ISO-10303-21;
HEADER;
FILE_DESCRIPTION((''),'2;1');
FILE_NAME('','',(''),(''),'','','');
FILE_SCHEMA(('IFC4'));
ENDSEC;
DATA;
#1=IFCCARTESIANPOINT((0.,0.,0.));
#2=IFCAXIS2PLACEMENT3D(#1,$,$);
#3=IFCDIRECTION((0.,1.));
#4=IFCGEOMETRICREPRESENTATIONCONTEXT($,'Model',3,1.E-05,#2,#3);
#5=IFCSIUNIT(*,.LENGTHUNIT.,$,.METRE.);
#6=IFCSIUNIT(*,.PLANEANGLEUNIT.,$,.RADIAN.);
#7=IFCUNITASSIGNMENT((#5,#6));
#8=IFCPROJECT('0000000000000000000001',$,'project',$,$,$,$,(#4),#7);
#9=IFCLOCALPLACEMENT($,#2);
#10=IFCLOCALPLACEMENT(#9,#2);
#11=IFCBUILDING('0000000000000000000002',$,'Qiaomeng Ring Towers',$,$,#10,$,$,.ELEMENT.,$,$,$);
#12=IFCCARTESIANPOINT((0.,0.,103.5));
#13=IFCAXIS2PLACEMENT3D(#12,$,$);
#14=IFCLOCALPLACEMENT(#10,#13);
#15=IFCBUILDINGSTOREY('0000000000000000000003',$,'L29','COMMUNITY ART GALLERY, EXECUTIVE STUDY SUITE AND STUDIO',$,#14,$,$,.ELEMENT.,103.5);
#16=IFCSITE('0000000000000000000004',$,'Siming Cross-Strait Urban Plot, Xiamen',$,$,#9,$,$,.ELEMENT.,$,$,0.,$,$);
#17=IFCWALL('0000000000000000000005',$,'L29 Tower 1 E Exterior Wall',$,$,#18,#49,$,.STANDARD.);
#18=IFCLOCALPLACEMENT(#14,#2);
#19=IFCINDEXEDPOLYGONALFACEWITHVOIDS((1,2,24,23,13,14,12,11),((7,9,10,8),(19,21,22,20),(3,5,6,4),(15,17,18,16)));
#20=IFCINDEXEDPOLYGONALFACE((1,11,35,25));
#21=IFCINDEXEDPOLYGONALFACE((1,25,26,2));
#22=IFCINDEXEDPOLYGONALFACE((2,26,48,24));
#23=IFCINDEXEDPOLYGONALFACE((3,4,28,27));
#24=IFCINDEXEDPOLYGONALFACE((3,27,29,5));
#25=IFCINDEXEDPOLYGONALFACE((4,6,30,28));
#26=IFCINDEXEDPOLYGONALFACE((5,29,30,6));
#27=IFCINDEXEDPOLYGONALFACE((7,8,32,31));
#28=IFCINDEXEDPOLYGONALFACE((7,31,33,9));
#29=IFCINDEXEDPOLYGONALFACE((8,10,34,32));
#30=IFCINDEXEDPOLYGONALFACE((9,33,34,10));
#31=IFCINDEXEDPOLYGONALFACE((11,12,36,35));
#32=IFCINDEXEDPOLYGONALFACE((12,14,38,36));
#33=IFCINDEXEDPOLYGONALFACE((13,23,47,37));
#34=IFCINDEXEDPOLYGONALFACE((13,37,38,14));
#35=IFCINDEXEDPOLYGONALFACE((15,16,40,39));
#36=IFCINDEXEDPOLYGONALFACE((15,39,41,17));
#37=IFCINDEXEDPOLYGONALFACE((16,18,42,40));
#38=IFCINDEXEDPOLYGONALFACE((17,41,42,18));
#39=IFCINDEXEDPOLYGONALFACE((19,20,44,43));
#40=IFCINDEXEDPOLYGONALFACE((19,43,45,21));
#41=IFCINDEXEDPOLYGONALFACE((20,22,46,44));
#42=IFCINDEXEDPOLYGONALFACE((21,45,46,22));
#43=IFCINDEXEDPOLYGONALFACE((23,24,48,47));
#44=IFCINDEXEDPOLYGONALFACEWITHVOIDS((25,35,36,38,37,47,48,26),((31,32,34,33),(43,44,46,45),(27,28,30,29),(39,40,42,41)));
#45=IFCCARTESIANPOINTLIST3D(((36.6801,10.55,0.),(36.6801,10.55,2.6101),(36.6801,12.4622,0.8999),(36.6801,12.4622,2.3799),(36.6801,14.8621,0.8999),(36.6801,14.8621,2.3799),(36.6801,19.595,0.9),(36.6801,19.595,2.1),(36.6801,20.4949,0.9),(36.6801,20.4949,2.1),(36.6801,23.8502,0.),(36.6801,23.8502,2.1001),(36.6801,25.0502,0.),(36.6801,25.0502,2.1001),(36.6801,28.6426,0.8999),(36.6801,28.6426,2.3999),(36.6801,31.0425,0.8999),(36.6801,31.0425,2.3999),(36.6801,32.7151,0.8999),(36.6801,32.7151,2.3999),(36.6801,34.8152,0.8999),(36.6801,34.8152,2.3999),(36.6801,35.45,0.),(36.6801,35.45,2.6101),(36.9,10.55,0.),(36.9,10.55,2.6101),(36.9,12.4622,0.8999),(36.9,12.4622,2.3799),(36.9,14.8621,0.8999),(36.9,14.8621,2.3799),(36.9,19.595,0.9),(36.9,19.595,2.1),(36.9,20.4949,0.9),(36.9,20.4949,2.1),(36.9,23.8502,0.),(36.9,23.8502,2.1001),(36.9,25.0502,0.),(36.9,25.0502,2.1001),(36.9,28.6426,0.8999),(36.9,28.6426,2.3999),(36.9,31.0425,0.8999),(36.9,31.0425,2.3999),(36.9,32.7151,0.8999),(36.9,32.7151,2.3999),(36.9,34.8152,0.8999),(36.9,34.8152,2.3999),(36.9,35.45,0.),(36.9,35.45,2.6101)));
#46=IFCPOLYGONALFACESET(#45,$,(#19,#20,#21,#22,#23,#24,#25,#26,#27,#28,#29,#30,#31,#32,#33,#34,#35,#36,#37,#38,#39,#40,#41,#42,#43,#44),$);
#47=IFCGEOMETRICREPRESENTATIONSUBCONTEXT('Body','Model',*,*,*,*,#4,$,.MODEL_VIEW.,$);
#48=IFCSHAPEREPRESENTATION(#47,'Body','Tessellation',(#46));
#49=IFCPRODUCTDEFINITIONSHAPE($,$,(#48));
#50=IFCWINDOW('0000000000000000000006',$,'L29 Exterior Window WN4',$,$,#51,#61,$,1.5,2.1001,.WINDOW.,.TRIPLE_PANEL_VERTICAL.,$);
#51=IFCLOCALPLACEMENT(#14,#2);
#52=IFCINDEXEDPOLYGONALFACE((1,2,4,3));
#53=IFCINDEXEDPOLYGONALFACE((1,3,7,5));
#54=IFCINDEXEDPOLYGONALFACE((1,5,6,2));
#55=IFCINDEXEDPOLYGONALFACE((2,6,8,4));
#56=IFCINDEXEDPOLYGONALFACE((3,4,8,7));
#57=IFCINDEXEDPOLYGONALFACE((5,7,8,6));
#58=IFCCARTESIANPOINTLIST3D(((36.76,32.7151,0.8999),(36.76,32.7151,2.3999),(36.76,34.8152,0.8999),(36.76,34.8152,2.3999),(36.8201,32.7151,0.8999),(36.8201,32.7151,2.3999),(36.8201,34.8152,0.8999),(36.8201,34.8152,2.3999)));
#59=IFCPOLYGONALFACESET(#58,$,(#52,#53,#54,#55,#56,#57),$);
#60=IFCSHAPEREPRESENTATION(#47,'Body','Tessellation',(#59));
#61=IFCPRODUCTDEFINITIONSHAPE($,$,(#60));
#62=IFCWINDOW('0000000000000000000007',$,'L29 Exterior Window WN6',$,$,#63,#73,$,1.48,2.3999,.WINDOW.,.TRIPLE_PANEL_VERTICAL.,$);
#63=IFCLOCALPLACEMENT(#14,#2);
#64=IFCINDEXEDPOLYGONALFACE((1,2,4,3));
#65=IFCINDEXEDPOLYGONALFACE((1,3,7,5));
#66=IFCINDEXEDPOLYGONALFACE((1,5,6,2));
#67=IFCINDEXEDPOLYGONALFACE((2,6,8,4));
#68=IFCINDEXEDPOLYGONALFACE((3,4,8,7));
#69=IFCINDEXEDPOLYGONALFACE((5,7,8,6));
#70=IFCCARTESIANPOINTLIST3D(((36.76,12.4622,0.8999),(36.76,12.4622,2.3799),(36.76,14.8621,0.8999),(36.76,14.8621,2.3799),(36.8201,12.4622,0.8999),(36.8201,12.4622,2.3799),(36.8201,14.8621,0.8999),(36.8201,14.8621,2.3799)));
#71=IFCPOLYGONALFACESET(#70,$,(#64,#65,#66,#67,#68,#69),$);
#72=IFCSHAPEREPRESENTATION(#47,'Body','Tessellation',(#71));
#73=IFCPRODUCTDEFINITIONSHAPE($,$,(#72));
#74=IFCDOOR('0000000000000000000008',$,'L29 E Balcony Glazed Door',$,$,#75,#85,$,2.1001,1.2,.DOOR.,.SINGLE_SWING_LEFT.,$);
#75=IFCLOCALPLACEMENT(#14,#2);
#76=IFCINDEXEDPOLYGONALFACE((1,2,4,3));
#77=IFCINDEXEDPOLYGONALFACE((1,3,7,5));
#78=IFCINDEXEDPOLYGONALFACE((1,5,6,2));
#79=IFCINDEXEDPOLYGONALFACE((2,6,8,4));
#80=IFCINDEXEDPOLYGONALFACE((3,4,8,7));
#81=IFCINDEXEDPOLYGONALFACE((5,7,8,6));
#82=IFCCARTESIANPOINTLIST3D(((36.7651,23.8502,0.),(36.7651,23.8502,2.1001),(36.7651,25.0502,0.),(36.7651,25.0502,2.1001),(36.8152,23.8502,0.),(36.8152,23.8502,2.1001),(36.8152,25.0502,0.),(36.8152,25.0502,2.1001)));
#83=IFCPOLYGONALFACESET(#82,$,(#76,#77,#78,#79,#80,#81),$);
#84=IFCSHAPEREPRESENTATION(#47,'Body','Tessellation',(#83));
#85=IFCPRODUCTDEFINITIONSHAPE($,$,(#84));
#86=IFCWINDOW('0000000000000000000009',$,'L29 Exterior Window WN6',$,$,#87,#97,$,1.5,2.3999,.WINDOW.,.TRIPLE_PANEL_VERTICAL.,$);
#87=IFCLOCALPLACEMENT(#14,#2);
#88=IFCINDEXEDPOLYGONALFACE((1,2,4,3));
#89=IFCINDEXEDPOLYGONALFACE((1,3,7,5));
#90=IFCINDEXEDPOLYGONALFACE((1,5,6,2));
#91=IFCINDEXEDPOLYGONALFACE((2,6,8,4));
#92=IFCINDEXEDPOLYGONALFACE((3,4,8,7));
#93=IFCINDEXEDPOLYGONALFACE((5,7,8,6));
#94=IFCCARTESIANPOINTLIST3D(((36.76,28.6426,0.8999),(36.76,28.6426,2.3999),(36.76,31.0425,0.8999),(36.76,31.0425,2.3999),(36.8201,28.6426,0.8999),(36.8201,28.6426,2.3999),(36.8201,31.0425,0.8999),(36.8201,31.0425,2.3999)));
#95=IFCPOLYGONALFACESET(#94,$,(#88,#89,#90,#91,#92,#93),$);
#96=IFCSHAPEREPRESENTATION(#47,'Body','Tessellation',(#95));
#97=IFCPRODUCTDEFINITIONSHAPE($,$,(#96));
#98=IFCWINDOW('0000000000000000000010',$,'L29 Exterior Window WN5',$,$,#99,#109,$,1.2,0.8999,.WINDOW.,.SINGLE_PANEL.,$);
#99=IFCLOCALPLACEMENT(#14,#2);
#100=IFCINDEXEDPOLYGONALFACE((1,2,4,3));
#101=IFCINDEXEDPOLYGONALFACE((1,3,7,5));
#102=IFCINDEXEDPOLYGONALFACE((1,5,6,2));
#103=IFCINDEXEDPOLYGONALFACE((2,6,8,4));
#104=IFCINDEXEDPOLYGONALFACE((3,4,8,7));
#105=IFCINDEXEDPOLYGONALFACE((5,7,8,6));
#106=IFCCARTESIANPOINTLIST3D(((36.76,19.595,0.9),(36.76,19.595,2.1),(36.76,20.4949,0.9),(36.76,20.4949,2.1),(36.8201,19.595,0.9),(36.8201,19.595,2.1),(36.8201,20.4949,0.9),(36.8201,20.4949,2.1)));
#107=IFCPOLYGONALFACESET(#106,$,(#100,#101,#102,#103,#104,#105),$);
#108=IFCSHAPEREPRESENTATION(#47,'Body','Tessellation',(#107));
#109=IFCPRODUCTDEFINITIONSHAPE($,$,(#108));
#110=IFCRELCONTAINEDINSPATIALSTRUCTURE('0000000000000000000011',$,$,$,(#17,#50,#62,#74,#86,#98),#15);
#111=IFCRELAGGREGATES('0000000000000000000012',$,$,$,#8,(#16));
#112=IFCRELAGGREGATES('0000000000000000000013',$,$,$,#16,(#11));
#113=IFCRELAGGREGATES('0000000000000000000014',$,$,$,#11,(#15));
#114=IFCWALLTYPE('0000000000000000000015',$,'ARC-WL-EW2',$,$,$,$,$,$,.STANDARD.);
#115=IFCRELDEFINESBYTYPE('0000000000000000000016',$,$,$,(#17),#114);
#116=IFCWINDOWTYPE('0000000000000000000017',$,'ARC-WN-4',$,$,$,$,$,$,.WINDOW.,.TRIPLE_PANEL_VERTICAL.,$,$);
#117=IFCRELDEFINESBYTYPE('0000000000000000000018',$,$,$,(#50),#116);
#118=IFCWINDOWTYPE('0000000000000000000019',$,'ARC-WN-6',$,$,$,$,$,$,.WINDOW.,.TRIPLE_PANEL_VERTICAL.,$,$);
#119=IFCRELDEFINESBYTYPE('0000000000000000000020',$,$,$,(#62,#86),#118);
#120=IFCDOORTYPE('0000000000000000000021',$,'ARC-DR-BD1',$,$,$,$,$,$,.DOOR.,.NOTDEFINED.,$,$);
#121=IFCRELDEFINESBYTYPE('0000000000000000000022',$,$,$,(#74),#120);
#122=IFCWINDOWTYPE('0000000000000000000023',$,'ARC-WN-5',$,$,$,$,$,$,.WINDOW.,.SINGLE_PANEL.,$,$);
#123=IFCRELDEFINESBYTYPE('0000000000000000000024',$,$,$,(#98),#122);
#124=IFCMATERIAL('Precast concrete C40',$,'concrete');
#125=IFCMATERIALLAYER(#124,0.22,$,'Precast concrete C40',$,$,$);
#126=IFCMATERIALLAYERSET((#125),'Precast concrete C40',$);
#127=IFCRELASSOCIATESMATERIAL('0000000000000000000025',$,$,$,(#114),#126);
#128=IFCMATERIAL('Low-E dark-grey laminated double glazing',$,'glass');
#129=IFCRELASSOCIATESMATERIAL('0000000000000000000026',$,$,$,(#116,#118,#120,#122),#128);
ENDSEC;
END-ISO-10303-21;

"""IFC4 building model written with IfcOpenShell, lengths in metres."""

from ifc_helpers import new_model, si_unit, direction, frame, frame_2d, origin, place, context, subcontext, project, spatial, rectangle, extrude, source, transform, mapped, material, layer, layer_set, type_object, element, fill, save


model = new_model("IFC4")

# Units and contexts
model_context = context("Model", 3, precision=1e-05, world=origin(), true_north=direction((0.0, 1.0)))
body_context = subcontext(model_context, "Body", "Model", "MODEL_VIEW")
ifc_project = project(units=[si_unit("LENGTHUNIT", "METRE"), si_unit("PLANEANGLEUNIT", "RADIAN")], contexts=[model_context])

# Site, building, storey
site_placement = place(None, origin())
site = spatial("IfcSite", under=ifc_project, at=site_placement, Name="Siming Cross-Strait Urban Plot, Xiamen", CompositionType="ELEMENT", RefElevation=0.0)
building_placement = place(site_placement, origin())
building = spatial("IfcBuilding", under=site, at=building_placement, Name="Qiaomeng Ring Towers", CompositionType="ELEMENT")
storey_placement = place(building_placement, frame((0.0, 0.0, 103.5)))
storey = spatial("IfcBuildingStorey", under=building, at=storey_placement, Name="L29", Description="COMMUNITY ART GALLERY, EXECUTIVE STUDY SUITE AND STUDIO", CompositionType="ELEMENT", Elevation=103.5)

# Shared definitions
ifc_material_1 = material(Name="Low-E dark-grey laminated double glazing", Category="glass")

# Wall, openings, windows, door
ifc_material_2 = material(Name="Precast concrete C40", Category="concrete")
ifc_layer_1 = layer(ifc_material_2, 0.22, Name="Precast concrete C40")
ifc_layer_set_1 = layer_set([ifc_layer_1], Name="Precast concrete C40")
wall_type_1 = type_object("IfcWallType", Name="ARC-WL-EW2", PredefinedType="STANDARD", material=ifc_layer_set_1)
wall_1_placement = place(storey_placement, frame((36.79, 10.55, 0.0), z_axis=(0.0, 0.0, 1.0), x_axis=(0.0, 1.0, 0.0)))
wall_1 = element("IfcWall", 1, at=wall_1_placement, inside=storey, type_object=wall_type_1, Name="L29 Tower 1 E Exterior Wall", PredefinedType="STANDARD", context=body_context, shape_type="SweptSolid", body=[
    extrude(rectangle(XDim=24.8999, YDim=0.22, at=frame_2d((12.45, 0.0))), origin(), (0.0, 0.0, 1.0), 2.6101),
])
opening_1_placement = place(wall_1_placement, frame((13.3, 0.0, 0.0)))
opening_1 = element("IfcOpeningElement", 2, at=opening_1_placement, cuts=wall_1, PredefinedType="OPENING", context=body_context, shape_type="SweptSolid", body=[
    extrude(rectangle(XDim=1.2, YDim=2.1001, at=frame_2d((0.6001, 1.05))), frame((0.0, 0.1199, 0.0), z_axis=(0.0, -1.0, 0.0), x_axis=(1.0, 0.0, 0.0)), (0.0, 0.0, 1.0), 0.24),
])
opening_2_placement = place(wall_1_placement, frame((1.9121, 0.0, 0.8999)))
opening_2 = element("IfcOpeningElement", 3, at=opening_2_placement, cuts=wall_1, PredefinedType="OPENING", context=body_context, shape_type="SweptSolid", body=[
    extrude(rectangle(XDim=2.3999, YDim=1.48, at=frame_2d((1.2, 0.74))), frame((0.0, 0.1199, 0.0), z_axis=(0.0, -1.0, 0.0), x_axis=(1.0, 0.0, 0.0)), (0.0, 0.0, 1.0), 0.24),
])
opening_3_placement = place(wall_1_placement, frame((22.165, 0.0, 0.8999)))
opening_3 = element("IfcOpeningElement", 4, at=opening_3_placement, cuts=wall_1, PredefinedType="OPENING", context=body_context, shape_type="SweptSolid", body=[
    extrude(rectangle(XDim=2.1001, YDim=1.5, at=frame_2d((1.05, 0.75))), frame((0.0, 0.1199, 0.0), z_axis=(0.0, -1.0, 0.0), x_axis=(1.0, 0.0, 0.0)), (0.0, 0.0, 1.0), 0.24),
])
opening_4_placement = place(wall_1_placement, frame((18.0925, 0.0, 0.8999)))
opening_4 = element("IfcOpeningElement", 5, at=opening_4_placement, cuts=wall_1, PredefinedType="OPENING", context=body_context, shape_type="SweptSolid", body=[
    extrude(rectangle(XDim=2.3999, YDim=1.5, at=frame_2d((1.2, 0.75))), frame((0.0, 0.1199, 0.0), z_axis=(0.0, -1.0, 0.0), x_axis=(1.0, 0.0, 0.0)), (0.0, 0.0, 1.0), 0.24),
])
opening_5_placement = place(wall_1_placement, frame((9.0449, 0.0, 0.8999)))
opening_5 = element("IfcOpeningElement", 6, at=opening_5_placement, cuts=wall_1, PredefinedType="OPENING", context=body_context, shape_type="SweptSolid", body=[
    extrude(rectangle(XDim=0.8999, YDim=1.2, at=frame_2d((0.45, 0.6001))), frame((0.0, 0.1199, 0.0), z_axis=(0.0, -1.0, 0.0), x_axis=(1.0, 0.0, 0.0)), (0.0, 0.0, 1.0), 0.24),
])
window_type_1 = type_object("IfcWindowType", Name="ARC-WN-4", PartitioningType="TRIPLE_PANEL_VERTICAL", PredefinedType="WINDOW", material=ifc_material_1)
shared_shape_1 = source(origin(), body_context, "Body", "SweptSolid", [
    extrude(rectangle(XDim=2.1001, YDim=1.5, at=frame_2d((1.05, 0.75))), frame((0.0, 0.03, 0.0), z_axis=(0.0, -1.0, 0.0), x_axis=(1.0, 0.0, 0.0)), (0.0, 0.0, 1.0), 0.0601),
])
window_1_placement = place(opening_3_placement, origin())
window_1 = element("IfcWindow", 7, at=window_1_placement, inside=storey, type_object=window_type_1, Name="L29 Exterior Window WN4", OverallHeight=1.5, OverallWidth=2.1001, PartitioningType="TRIPLE_PANEL_VERTICAL", PredefinedType="WINDOW", context=body_context, shape_type="MappedRepresentation", body=[
    mapped(shared_shape_1, transform((0.0, 0.0, 0.0), x_axis=(1.0, 0.0, 0.0), y_axis=(0.0, 1.0, 0.0), z_axis=(0.0, 0.0, 1.0), scale=1.0)),
])
fill(opening_3, window_1)
window_type_2 = type_object("IfcWindowType", Name="ARC-WN-6", PartitioningType="TRIPLE_PANEL_VERTICAL", PredefinedType="WINDOW", material=ifc_material_1)
shared_shape_2 = source(origin(), body_context, "Body", "SweptSolid", [
    extrude(rectangle(XDim=2.3999, YDim=1.48, at=frame_2d((1.2, 0.74))), frame((0.0, 0.03, 0.0), z_axis=(0.0, -1.0, 0.0), x_axis=(1.0, 0.0, 0.0)), (0.0, 0.0, 1.0), 0.0601),
])
window_2_placement = place(opening_2_placement, origin())
window_2 = element("IfcWindow", 8, at=window_2_placement, inside=storey, type_object=window_type_2, Name="L29 Exterior Window WN6", OverallHeight=1.48, OverallWidth=2.3999, PartitioningType="TRIPLE_PANEL_VERTICAL", PredefinedType="WINDOW", context=body_context, shape_type="MappedRepresentation", body=[
    mapped(shared_shape_2, transform((0.0, 0.0, 0.0), x_axis=(1.0, 0.0, 0.0), y_axis=(0.0, 1.0, 0.0), z_axis=(0.0, 0.0, 1.0), scale=1.0)),
])
fill(opening_2, window_2)
door_type = type_object("IfcDoorType", Name="ARC-DR-BD1", OperationType="NOTDEFINED", PredefinedType="DOOR", material=ifc_material_1)
shared_shape_3 = source(origin(), body_context, "Body", "SweptSolid", [
    extrude(rectangle(XDim=1.2, YDim=2.1001, at=frame_2d((0.6001, 1.05))), frame((0.0, 0.0249, 0.0), z_axis=(0.0, -1.0, 0.0), x_axis=(1.0, 0.0, 0.0)), (0.0, 0.0, 1.0), 0.05),
])
door_placement = place(opening_1_placement, origin())
door = element("IfcDoor", 9, at=door_placement, inside=storey, type_object=door_type, Name="L29 E Balcony Glazed Door", OperationType="SINGLE_SWING_LEFT", OverallHeight=2.1001, OverallWidth=1.2, PredefinedType="DOOR", context=body_context, shape_type="MappedRepresentation", body=[
    mapped(shared_shape_3, transform((0.0, 0.0, 0.0), x_axis=(1.0, 0.0, 0.0), y_axis=(0.0, 1.0, 0.0), z_axis=(0.0, 0.0, 1.0), scale=1.0)),
])
fill(opening_1, door)
shared_shape_4 = source(origin(), body_context, "Body", "SweptSolid", [
    extrude(rectangle(XDim=2.3999, YDim=1.5, at=frame_2d((1.2, 0.75))), frame((0.0, 0.03, 0.0), z_axis=(0.0, -1.0, 0.0), x_axis=(1.0, 0.0, 0.0)), (0.0, 0.0, 1.0), 0.0601),
])
window_3_placement = place(opening_4_placement, origin())
window_3 = element("IfcWindow", 10, at=window_3_placement, inside=storey, type_object=window_type_2, Name="L29 Exterior Window WN6", OverallHeight=1.5, OverallWidth=2.3999, PartitioningType="TRIPLE_PANEL_VERTICAL", PredefinedType="WINDOW", context=body_context, shape_type="MappedRepresentation", body=[
    mapped(shared_shape_4, transform((0.0, 0.0, 0.0), x_axis=(1.0, 0.0, 0.0), y_axis=(0.0, 1.0, 0.0), z_axis=(0.0, 0.0, 1.0), scale=1.0)),
])
fill(opening_4, window_3)
window_type_3 = type_object("IfcWindowType", Name="ARC-WN-5", PartitioningType="SINGLE_PANEL", PredefinedType="WINDOW", material=ifc_material_1)
shared_shape_5 = source(origin(), body_context, "Body", "SweptSolid", [
    extrude(rectangle(XDim=0.8999, YDim=1.2, at=frame_2d((0.45, 0.6001))), frame((0.0, 0.03, 0.0), z_axis=(0.0, -1.0, 0.0), x_axis=(1.0, 0.0, 0.0)), (0.0, 0.0, 1.0), 0.0601),
])
window_4_placement = place(opening_5_placement, origin())
window_4 = element("IfcWindow", 11, at=window_4_placement, inside=storey, type_object=window_type_3, Name="L29 Exterior Window WN5", OverallHeight=1.2, OverallWidth=0.8999, PartitioningType="SINGLE_PANEL", PredefinedType="WINDOW", context=body_context, shape_type="MappedRepresentation", body=[
    mapped(shared_shape_5, transform((0.0, 0.0, 0.0), x_axis=(1.0, 0.0, 0.0), y_axis=(0.0, 1.0, 0.0), z_axis=(0.0, 0.0, 1.0), scale=1.0)),
])
fill(opening_5, window_4)

save(model, "model.ifc")
